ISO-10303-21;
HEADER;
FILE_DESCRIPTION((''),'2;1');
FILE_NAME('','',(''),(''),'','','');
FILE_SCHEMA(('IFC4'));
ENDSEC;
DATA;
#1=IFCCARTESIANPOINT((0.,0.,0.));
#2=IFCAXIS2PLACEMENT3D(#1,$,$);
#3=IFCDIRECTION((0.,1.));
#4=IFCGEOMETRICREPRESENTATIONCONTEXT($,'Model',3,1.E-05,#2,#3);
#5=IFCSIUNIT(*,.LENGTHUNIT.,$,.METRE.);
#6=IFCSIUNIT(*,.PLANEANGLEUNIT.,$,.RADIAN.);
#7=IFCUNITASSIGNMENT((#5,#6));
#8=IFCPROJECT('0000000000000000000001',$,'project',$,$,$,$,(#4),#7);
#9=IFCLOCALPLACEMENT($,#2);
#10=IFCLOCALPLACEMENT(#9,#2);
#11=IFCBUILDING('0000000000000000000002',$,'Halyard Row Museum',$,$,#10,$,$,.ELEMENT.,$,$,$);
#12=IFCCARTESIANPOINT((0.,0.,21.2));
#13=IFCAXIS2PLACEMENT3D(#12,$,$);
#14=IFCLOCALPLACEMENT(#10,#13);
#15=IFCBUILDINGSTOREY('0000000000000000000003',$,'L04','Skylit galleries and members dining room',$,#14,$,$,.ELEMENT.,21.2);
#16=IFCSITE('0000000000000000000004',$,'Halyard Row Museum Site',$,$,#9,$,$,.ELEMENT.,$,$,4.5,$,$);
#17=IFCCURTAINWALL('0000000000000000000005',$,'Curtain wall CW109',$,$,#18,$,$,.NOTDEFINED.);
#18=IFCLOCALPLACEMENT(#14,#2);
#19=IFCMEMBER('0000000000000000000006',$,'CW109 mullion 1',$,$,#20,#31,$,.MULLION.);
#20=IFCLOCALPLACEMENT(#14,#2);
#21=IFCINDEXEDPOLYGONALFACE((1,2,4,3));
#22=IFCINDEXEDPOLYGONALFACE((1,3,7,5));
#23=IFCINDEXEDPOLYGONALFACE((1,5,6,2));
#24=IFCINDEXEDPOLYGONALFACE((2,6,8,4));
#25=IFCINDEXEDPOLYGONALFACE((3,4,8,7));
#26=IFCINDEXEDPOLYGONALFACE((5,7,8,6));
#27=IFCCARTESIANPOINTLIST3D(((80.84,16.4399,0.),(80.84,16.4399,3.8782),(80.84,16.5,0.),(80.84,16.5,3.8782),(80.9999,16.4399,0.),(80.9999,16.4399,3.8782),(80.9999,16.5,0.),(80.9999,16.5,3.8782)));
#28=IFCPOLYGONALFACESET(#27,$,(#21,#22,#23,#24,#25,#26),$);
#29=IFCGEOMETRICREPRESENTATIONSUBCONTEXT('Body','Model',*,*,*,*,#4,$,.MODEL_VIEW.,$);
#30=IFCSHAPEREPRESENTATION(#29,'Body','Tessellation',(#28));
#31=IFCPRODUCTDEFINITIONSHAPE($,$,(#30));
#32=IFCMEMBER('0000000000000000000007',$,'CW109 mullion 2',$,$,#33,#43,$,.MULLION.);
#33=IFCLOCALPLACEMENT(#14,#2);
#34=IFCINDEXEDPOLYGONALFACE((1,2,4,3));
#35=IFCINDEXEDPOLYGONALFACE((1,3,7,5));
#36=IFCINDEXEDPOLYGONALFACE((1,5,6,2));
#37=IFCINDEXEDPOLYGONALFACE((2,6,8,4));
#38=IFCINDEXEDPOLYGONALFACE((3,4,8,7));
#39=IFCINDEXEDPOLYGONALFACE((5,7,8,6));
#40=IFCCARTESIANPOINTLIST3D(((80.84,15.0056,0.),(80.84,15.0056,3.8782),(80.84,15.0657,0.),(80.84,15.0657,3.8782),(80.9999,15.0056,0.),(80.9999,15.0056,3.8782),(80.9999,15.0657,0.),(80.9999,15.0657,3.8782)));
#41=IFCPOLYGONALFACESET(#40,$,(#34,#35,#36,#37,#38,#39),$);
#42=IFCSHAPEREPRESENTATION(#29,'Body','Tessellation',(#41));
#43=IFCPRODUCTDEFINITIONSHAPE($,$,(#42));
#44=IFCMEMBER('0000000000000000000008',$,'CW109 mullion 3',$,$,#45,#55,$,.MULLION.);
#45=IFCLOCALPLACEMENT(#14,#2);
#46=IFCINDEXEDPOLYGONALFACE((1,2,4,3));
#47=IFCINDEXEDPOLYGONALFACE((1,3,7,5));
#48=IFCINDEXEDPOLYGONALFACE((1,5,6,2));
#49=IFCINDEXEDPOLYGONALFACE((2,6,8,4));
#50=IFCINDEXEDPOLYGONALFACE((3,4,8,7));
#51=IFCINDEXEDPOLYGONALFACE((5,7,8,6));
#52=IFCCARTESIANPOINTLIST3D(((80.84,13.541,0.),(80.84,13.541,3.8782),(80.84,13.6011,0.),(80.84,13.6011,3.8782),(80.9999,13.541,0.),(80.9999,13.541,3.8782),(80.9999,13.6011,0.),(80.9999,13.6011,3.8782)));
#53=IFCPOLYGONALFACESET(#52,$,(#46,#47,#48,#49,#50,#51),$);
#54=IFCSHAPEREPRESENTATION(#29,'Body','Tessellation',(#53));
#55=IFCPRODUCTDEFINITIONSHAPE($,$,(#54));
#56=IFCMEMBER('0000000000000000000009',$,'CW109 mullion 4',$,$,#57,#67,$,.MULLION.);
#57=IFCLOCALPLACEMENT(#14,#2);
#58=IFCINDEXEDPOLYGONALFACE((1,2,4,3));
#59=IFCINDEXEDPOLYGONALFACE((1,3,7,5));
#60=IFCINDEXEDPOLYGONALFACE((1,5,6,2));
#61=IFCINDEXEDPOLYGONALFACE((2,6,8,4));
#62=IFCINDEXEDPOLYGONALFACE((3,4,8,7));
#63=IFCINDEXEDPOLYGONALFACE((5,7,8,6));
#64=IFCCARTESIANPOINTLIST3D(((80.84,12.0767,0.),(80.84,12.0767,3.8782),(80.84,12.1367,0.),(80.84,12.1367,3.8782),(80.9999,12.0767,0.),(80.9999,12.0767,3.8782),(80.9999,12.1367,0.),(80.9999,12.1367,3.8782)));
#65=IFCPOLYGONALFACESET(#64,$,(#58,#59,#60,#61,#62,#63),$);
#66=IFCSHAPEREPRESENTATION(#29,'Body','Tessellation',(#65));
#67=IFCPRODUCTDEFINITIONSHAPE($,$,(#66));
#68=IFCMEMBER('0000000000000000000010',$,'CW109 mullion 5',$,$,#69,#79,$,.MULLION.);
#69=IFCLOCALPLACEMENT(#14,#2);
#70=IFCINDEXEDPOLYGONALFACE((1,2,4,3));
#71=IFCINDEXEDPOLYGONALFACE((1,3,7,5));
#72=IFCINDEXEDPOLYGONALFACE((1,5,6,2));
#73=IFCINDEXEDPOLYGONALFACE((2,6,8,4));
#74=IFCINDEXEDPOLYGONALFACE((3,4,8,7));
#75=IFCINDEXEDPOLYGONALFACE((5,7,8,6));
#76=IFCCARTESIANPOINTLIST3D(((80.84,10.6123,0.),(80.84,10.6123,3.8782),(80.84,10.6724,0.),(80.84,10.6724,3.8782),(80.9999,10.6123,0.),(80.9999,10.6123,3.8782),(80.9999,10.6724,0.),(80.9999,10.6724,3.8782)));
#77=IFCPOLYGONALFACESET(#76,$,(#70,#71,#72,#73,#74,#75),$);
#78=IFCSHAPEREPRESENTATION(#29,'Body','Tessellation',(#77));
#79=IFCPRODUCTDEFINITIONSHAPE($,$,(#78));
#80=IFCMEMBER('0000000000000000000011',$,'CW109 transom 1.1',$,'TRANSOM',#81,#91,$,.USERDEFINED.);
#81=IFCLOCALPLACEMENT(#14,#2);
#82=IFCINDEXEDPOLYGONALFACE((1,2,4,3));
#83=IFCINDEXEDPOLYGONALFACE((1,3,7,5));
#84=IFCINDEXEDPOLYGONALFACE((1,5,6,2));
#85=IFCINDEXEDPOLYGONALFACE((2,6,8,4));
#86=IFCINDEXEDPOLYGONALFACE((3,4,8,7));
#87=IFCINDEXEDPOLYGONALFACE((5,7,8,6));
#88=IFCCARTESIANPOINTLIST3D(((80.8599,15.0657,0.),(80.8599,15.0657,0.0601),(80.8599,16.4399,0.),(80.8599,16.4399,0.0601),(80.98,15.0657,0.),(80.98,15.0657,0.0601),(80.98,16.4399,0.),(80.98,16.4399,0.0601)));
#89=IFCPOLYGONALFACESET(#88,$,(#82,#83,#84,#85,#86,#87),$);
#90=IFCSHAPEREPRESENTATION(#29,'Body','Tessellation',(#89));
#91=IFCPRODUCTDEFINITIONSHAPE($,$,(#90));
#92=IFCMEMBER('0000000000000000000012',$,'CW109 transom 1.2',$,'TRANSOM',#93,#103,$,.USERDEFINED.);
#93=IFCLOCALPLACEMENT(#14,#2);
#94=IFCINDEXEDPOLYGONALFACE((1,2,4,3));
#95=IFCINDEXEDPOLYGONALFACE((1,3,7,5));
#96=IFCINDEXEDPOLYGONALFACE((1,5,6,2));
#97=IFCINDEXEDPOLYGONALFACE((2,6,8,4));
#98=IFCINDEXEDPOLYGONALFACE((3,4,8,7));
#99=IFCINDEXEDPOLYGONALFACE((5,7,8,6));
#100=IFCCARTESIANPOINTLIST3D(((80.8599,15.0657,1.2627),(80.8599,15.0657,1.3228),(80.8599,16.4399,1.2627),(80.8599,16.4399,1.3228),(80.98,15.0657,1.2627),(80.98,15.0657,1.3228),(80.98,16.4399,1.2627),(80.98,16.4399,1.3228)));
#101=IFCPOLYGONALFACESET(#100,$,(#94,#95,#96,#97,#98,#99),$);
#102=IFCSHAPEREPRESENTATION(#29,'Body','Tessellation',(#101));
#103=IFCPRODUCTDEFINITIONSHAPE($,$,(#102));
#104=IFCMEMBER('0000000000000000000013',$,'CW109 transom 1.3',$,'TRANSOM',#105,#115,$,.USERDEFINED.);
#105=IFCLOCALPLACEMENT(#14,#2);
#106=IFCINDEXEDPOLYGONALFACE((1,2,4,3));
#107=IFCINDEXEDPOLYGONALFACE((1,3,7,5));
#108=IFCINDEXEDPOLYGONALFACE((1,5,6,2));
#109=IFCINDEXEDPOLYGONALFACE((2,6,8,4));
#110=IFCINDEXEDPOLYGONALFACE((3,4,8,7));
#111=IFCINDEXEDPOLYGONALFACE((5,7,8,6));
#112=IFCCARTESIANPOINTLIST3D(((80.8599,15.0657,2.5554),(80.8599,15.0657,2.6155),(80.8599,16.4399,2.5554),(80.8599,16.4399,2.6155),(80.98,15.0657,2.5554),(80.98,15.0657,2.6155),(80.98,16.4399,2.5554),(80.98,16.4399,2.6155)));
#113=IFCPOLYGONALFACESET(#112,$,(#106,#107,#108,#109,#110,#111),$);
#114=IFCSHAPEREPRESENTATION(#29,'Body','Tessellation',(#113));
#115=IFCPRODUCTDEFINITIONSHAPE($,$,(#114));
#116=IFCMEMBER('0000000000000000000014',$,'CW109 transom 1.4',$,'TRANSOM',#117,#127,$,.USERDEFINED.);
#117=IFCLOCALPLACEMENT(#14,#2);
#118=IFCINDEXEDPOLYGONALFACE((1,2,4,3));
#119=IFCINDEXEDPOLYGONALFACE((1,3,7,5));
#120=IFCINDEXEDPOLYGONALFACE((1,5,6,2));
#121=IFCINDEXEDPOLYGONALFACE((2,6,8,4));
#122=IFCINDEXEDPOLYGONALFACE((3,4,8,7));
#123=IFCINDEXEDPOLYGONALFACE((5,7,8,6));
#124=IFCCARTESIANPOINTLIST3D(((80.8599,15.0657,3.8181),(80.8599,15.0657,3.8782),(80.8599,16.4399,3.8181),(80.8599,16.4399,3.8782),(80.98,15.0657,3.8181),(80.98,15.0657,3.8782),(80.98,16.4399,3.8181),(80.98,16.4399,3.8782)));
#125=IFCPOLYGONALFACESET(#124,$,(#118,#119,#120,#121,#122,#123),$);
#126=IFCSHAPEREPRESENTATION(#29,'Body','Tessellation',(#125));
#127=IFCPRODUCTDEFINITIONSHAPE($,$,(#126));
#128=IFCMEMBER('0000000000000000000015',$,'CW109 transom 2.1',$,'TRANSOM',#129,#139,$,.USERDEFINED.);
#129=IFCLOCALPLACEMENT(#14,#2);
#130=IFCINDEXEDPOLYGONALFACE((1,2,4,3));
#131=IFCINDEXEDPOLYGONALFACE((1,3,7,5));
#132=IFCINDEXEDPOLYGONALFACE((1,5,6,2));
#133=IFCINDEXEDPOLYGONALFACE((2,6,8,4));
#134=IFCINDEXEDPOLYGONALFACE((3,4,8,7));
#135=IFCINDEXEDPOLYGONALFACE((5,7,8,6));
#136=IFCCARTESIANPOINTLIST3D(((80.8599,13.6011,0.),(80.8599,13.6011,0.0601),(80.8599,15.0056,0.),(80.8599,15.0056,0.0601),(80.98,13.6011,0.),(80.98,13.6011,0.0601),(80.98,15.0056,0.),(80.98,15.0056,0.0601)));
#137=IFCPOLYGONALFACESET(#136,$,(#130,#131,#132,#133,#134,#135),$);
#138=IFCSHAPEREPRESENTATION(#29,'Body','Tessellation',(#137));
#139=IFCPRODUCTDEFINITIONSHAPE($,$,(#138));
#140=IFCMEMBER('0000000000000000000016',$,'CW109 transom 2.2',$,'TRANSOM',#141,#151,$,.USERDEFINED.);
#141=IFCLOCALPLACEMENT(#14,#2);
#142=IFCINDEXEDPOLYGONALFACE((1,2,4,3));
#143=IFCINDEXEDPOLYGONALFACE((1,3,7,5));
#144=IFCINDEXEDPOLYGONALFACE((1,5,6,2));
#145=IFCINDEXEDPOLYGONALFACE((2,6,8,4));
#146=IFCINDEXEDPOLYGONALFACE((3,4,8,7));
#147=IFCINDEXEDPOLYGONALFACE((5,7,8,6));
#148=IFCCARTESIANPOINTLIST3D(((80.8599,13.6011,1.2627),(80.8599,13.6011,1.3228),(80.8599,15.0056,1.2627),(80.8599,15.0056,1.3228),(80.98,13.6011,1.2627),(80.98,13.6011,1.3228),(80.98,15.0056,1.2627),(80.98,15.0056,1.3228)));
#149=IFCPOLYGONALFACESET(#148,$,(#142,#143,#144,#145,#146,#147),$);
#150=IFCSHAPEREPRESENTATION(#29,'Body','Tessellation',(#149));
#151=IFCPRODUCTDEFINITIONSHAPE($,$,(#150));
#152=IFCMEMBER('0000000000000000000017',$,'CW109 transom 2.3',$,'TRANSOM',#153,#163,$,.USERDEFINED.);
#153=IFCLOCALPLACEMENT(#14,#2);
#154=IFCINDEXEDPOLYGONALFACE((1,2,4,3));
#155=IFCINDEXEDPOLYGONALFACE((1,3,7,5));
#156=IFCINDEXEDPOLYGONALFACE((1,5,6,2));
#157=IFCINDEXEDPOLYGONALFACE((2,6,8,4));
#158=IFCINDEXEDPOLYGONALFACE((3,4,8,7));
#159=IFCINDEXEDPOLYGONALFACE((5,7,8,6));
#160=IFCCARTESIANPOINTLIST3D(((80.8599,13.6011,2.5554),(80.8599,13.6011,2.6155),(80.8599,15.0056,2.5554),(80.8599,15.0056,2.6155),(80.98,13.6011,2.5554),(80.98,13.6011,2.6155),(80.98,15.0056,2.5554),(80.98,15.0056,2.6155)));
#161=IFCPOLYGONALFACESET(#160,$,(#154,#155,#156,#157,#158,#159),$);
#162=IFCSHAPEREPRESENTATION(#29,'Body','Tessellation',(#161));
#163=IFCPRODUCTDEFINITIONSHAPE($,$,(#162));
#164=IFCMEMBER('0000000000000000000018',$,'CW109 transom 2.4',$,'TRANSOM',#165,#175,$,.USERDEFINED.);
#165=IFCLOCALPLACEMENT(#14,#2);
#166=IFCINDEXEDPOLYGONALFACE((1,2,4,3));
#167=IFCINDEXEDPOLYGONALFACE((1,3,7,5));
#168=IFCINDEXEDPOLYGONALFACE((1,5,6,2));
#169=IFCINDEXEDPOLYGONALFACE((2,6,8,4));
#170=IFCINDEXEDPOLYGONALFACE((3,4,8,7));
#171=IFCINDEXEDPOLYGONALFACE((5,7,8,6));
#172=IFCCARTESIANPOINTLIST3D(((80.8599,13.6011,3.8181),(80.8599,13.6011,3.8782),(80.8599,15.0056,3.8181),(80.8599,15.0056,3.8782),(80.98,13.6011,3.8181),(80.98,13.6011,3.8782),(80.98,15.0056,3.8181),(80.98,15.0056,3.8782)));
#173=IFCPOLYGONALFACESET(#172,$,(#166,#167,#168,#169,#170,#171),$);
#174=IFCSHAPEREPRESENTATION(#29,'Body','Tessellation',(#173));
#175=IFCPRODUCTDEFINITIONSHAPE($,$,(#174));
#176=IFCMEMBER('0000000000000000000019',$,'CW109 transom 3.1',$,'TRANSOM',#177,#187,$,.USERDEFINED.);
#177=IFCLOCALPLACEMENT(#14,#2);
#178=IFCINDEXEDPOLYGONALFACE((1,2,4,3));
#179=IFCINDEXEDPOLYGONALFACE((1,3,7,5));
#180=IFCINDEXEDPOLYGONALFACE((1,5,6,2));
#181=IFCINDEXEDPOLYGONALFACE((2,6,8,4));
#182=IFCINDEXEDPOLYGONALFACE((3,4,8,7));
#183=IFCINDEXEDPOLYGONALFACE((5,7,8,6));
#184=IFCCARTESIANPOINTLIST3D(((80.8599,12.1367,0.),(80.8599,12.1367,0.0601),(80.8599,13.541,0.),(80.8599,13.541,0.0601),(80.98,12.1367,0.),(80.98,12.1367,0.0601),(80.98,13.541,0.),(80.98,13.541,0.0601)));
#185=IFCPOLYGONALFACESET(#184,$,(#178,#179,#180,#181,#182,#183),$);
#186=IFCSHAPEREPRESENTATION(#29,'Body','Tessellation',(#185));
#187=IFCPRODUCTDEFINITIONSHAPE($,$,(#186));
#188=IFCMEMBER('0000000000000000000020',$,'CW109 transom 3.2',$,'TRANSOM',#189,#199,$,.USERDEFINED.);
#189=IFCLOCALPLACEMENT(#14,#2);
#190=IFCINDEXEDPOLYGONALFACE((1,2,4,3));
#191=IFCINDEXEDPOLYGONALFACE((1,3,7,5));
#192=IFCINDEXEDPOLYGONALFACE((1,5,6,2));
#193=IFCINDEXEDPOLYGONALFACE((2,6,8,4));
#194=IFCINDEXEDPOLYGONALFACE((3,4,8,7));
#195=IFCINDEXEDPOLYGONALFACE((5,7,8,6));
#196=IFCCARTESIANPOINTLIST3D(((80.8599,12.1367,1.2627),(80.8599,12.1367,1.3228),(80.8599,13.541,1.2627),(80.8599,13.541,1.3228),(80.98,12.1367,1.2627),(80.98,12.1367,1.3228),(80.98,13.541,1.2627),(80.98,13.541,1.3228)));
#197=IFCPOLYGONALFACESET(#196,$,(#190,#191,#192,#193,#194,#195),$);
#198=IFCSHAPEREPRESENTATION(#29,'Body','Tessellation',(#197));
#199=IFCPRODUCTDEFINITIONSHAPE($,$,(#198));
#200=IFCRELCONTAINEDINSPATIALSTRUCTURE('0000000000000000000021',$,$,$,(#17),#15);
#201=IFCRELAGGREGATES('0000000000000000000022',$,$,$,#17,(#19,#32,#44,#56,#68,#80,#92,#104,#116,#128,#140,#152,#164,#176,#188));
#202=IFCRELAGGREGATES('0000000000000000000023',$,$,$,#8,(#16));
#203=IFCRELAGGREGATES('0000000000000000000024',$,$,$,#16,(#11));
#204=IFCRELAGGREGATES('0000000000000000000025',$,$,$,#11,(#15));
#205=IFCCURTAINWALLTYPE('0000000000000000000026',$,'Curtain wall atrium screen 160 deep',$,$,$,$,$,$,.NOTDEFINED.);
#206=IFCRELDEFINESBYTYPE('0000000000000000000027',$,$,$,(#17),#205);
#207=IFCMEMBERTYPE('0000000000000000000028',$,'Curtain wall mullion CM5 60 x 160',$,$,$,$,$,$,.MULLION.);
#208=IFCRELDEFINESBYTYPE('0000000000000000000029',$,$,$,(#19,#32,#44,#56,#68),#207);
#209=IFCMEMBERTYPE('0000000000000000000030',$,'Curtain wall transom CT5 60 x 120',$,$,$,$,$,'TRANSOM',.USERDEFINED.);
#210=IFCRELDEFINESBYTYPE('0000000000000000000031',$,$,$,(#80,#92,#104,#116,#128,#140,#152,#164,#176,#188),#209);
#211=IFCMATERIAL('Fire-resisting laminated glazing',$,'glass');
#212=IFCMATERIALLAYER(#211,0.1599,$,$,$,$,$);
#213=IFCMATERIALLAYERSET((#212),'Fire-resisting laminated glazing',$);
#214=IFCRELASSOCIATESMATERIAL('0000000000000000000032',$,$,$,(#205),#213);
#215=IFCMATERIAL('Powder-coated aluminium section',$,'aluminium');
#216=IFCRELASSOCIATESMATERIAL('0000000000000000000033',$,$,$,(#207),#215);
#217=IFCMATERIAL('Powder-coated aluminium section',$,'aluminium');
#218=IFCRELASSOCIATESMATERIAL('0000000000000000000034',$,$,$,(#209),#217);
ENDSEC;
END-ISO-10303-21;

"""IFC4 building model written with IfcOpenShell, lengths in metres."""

from ifc_helpers import new_model, si_unit, direction, frame, origin, origin_2d, place, context, subcontext, project, spatial, rectangle, extrude, material, layer, layer_set, material_profile, profile_set, type_object, element, aggregate, save


model = new_model("IFC4")

# Units and contexts
model_context = context("Model", 3, precision=1e-05, world=origin(), true_north=direction((0.0, 1.0)))
body_context = subcontext(model_context, "Body", "Model", "MODEL_VIEW")
ifc_project = project(units=[si_unit("LENGTHUNIT", "METRE"), si_unit("PLANEANGLEUNIT", "RADIAN")], contexts=[model_context])

# Site, building, storey
site_placement = place(None, origin())
site = spatial("IfcSite", under=ifc_project, at=site_placement, Name="Halyard Row Museum Site", CompositionType="ELEMENT", RefElevation=4.5)
building_placement = place(site_placement, origin())
building = spatial("IfcBuilding", under=site, at=building_placement, Name="Halyard Row Museum", CompositionType="ELEMENT")
storey_placement = place(building_placement, frame((0.0, 0.0, 21.2)))
storey = spatial("IfcBuildingStorey", under=building, at=storey_placement, Name="L04", Description="Skylit galleries and members dining room", CompositionType="ELEMENT", Elevation=21.2)

# Curtain wall, members
ifc_material_1 = material(Name="Fire-resisting laminated glazing", Category="glass")
ifc_layer_1 = layer(ifc_material_1, 0.1599)
ifc_layer_set_1 = layer_set([ifc_layer_1], Name="Fire-resisting laminated glazing")
curtain_wall_type = type_object("IfcCurtainWallType", Name="Curtain wall atrium screen 160 deep", PredefinedType="NOTDEFINED", material=ifc_layer_set_1)
curtain_wall_placement = place(storey_placement, origin())
curtain_wall = element("IfcCurtainWall", 1, at=curtain_wall_placement, inside=storey, type_object=curtain_wall_type, Name="Curtain wall CW109", PredefinedType="NOTDEFINED")
ifc_material_2 = material(Name="Powder-coated aluminium section", Category="aluminium")
ifc_material_profile_1 = material_profile(ifc_material_2, rectangle(XDim=0.1599, YDim=0.0601, at=origin_2d()), Name="160x60 mullion")
ifc_profile_set_1 = profile_set([ifc_material_profile_1], Name="Powder-coated aluminium section")
member_type_1 = type_object("IfcMemberType", Name="Curtain wall mullion CM5 60 x 160", PredefinedType="MULLION", material=ifc_profile_set_1)
member_1_placement = place(storey_placement, frame((80.9199, 16.47, 0.0), z_axis=(0.0, 0.0, 1.0), x_axis=(1.0, 0.0, 0.0)))
member_1 = element("IfcMember", 2, at=member_1_placement, type_object=member_type_1, Name="CW109 mullion 1", PredefinedType="MULLION", context=body_context, shape_type="SweptSolid", body=[
    extrude(rectangle(XDim=0.1599, YDim=0.0601, at=origin_2d()), origin(), (0.0, 0.0, 1.0), 3.8782),
])
member_2_placement = place(storey_placement, frame((80.9199, 15.0356, 0.0), z_axis=(0.0, 0.0, 1.0), x_axis=(1.0, 0.0, 0.0)))
member_2 = element("IfcMember", 3, at=member_2_placement, type_object=member_type_1, Name="CW109 mullion 2", PredefinedType="MULLION", context=body_context, shape_type="SweptSolid", body=[
    extrude(rectangle(XDim=0.1599, YDim=0.0601, at=origin_2d()), origin(), (0.0, 0.0, 1.0), 3.8782),
])
member_3_placement = place(storey_placement, frame((80.9199, 13.571, 0.0), z_axis=(0.0, 0.0, 1.0), x_axis=(1.0, 0.0, 0.0)))
member_3 = element("IfcMember", 4, at=member_3_placement, type_object=member_type_1, Name="CW109 mullion 3", PredefinedType="MULLION", context=body_context, shape_type="SweptSolid", body=[
    extrude(rectangle(XDim=0.1599, YDim=0.0601, at=origin_2d()), origin(), (0.0, 0.0, 1.0), 3.8782),
])
member_4_placement = place(storey_placement, frame((80.9199, 12.1067, 0.0), z_axis=(0.0, 0.0, 1.0), x_axis=(1.0, 0.0, 0.0)))
member_4 = element("IfcMember", 5, at=member_4_placement, type_object=member_type_1, Name="CW109 mullion 4", PredefinedType="MULLION", context=body_context, shape_type="SweptSolid", body=[
    extrude(rectangle(XDim=0.1599, YDim=0.0601, at=origin_2d()), origin(), (0.0, 0.0, 1.0), 3.8782),
])
member_5_placement = place(storey_placement, frame((80.9199, 10.6423, 0.0), z_axis=(0.0, 0.0, 1.0), x_axis=(1.0, 0.0, 0.0)))
member_5 = element("IfcMember", 6, at=member_5_placement, type_object=member_type_1, Name="CW109 mullion 5", PredefinedType="MULLION", context=body_context, shape_type="SweptSolid", body=[
    extrude(rectangle(XDim=0.1599, YDim=0.0601, at=origin_2d()), origin(), (0.0, 0.0, 1.0), 3.8782),
])
ifc_material_3 = material(Name="Powder-coated aluminium section", Category="aluminium")
ifc_material_profile_2 = material_profile(ifc_material_3, rectangle(XDim=0.1201, YDim=0.0601, at=origin_2d()), Name="120x60 transom")
ifc_profile_set_2 = profile_set([ifc_material_profile_2], Name="Powder-coated aluminium section")
member_type_2 = type_object("IfcMemberType", Name="Curtain wall transom CT5 60 x 120", ElementType="TRANSOM", PredefinedType="USERDEFINED", material=ifc_profile_set_2)
member_6_placement = place(storey_placement, frame((80.9199, 16.4399, 0.03), z_axis=(0.0, -1.0, 0.0), x_axis=(1.0, 0.0, 0.0)))
member_6 = element("IfcMember", 7, at=member_6_placement, type_object=member_type_2, Name="CW109 transom 1.1", ObjectType="TRANSOM", PredefinedType="USERDEFINED", context=body_context, shape_type="SweptSolid", body=[
    extrude(rectangle(XDim=0.1201, YDim=0.0601, at=origin_2d()), origin(), (0.0, 0.0, 1.0), 1.3743),
])
member_7_placement = place(storey_placement, frame((80.9199, 16.4399, 1.2927), z_axis=(0.0, -1.0, 0.0), x_axis=(1.0, 0.0, 0.0)))
member_7 = element("IfcMember", 8, at=member_7_placement, type_object=member_type_2, Name="CW109 transom 1.2", ObjectType="TRANSOM", PredefinedType="USERDEFINED", context=body_context, shape_type="SweptSolid", body=[
    extrude(rectangle(XDim=0.1201, YDim=0.0601, at=origin_2d()), origin(), (0.0, 0.0, 1.0), 1.3743),
])
member_8_placement = place(storey_placement, frame((80.9199, 16.4399, 2.5854), z_axis=(0.0, -1.0, 0.0), x_axis=(1.0, 0.0, 0.0)))
member_8 = element("IfcMember", 9, at=member_8_placement, type_object=member_type_2, Name="CW109 transom 1.3", ObjectType="TRANSOM", PredefinedType="USERDEFINED", context=body_context, shape_type="SweptSolid", body=[
    extrude(rectangle(XDim=0.1201, YDim=0.0601, at=origin_2d()), origin(), (0.0, 0.0, 1.0), 1.3743),
])
member_9_placement = place(storey_placement, frame((80.9199, 16.4399, 3.8481), z_axis=(0.0, -1.0, 0.0), x_axis=(1.0, 0.0, 0.0)))
member_9 = element("IfcMember", 10, at=member_9_placement, type_object=member_type_2, Name="CW109 transom 1.4", ObjectType="TRANSOM", PredefinedType="USERDEFINED", context=body_context, shape_type="SweptSolid", body=[
    extrude(rectangle(XDim=0.1201, YDim=0.0601, at=origin_2d()), origin(), (0.0, 0.0, 1.0), 1.3743),
])
member_10_placement = place(storey_placement, frame((80.9199, 15.0056, 0.03), z_axis=(0.0, -1.0, 0.0), x_axis=(1.0, 0.0, 0.0)))
member_10 = element("IfcMember", 11, at=member_10_placement, type_object=member_type_2, Name="CW109 transom 2.1", ObjectType="TRANSOM", PredefinedType="USERDEFINED", context=body_context, shape_type="SweptSolid", body=[
    extrude(rectangle(XDim=0.1201, YDim=0.0601, at=origin_2d()), origin(), (0.0, 0.0, 1.0), 1.4045),
])
member_11_placement = place(storey_placement, frame((80.9199, 15.0056, 1.2927), z_axis=(0.0, -1.0, 0.0), x_axis=(1.0, 0.0, 0.0)))
member_11 = element("IfcMember", 12, at=member_11_placement, type_object=member_type_2, Name="CW109 transom 2.2", ObjectType="TRANSOM", PredefinedType="USERDEFINED", context=body_context, shape_type="SweptSolid", body=[
    extrude(rectangle(XDim=0.1201, YDim=0.0601, at=origin_2d()), origin(), (0.0, 0.0, 1.0), 1.4045),
])
member_12_placement = place(storey_placement, frame((80.9199, 15.0056, 2.5854), z_axis=(0.0, -1.0, 0.0), x_axis=(1.0, 0.0, 0.0)))
member_12 = element("IfcMember", 13, at=member_12_placement, type_object=member_type_2, Name="CW109 transom 2.3", ObjectType="TRANSOM", PredefinedType="USERDEFINED", context=body_context, shape_type="SweptSolid", body=[
    extrude(rectangle(XDim=0.1201, YDim=0.0601, at=origin_2d()), origin(), (0.0, 0.0, 1.0), 1.4045),
])
member_13_placement = place(storey_placement, frame((80.9199, 15.0056, 3.8481), z_axis=(0.0, -1.0, 0.0), x_axis=(1.0, 0.0, 0.0)))
member_13 = element("IfcMember", 14, at=member_13_placement, type_object=member_type_2, Name="CW109 transom 2.4", ObjectType="TRANSOM", PredefinedType="USERDEFINED", context=body_context, shape_type="SweptSolid", body=[
    extrude(rectangle(XDim=0.1201, YDim=0.0601, at=origin_2d()), origin(), (0.0, 0.0, 1.0), 1.4045),
])
member_14_placement = place(storey_placement, frame((80.9199, 13.541, 0.03), z_axis=(0.0, -1.0, 0.0), x_axis=(1.0, 0.0, 0.0)))
member_14 = element("IfcMember", 15, at=member_14_placement, type_object=member_type_2, Name="CW109 transom 3.1", ObjectType="TRANSOM", PredefinedType="USERDEFINED", context=body_context, shape_type="SweptSolid", body=[
    extrude(rectangle(XDim=0.1201, YDim=0.0601, at=origin_2d()), origin(), (0.0, 0.0, 1.0), 1.4043),
])
member_15_placement = place(storey_placement, frame((80.9199, 13.541, 1.2927), z_axis=(0.0, -1.0, 0.0), x_axis=(1.0, 0.0, 0.0)))
member_15 = element("IfcMember", 16, at=member_15_placement, type_object=member_type_2, Name="CW109 transom 3.2", ObjectType="TRANSOM", PredefinedType="USERDEFINED", context=body_context, shape_type="SweptSolid", body=[
    extrude(rectangle(XDim=0.1201, YDim=0.0601, at=origin_2d()), origin(), (0.0, 0.0, 1.0), 1.4043),
])
aggregate(curtain_wall, [member_1, member_2, member_3, member_4, member_5, member_6, member_7, member_8, member_9, member_10, member_11, member_12, member_13, member_14, member_15])

save(model, "model.ifc")
